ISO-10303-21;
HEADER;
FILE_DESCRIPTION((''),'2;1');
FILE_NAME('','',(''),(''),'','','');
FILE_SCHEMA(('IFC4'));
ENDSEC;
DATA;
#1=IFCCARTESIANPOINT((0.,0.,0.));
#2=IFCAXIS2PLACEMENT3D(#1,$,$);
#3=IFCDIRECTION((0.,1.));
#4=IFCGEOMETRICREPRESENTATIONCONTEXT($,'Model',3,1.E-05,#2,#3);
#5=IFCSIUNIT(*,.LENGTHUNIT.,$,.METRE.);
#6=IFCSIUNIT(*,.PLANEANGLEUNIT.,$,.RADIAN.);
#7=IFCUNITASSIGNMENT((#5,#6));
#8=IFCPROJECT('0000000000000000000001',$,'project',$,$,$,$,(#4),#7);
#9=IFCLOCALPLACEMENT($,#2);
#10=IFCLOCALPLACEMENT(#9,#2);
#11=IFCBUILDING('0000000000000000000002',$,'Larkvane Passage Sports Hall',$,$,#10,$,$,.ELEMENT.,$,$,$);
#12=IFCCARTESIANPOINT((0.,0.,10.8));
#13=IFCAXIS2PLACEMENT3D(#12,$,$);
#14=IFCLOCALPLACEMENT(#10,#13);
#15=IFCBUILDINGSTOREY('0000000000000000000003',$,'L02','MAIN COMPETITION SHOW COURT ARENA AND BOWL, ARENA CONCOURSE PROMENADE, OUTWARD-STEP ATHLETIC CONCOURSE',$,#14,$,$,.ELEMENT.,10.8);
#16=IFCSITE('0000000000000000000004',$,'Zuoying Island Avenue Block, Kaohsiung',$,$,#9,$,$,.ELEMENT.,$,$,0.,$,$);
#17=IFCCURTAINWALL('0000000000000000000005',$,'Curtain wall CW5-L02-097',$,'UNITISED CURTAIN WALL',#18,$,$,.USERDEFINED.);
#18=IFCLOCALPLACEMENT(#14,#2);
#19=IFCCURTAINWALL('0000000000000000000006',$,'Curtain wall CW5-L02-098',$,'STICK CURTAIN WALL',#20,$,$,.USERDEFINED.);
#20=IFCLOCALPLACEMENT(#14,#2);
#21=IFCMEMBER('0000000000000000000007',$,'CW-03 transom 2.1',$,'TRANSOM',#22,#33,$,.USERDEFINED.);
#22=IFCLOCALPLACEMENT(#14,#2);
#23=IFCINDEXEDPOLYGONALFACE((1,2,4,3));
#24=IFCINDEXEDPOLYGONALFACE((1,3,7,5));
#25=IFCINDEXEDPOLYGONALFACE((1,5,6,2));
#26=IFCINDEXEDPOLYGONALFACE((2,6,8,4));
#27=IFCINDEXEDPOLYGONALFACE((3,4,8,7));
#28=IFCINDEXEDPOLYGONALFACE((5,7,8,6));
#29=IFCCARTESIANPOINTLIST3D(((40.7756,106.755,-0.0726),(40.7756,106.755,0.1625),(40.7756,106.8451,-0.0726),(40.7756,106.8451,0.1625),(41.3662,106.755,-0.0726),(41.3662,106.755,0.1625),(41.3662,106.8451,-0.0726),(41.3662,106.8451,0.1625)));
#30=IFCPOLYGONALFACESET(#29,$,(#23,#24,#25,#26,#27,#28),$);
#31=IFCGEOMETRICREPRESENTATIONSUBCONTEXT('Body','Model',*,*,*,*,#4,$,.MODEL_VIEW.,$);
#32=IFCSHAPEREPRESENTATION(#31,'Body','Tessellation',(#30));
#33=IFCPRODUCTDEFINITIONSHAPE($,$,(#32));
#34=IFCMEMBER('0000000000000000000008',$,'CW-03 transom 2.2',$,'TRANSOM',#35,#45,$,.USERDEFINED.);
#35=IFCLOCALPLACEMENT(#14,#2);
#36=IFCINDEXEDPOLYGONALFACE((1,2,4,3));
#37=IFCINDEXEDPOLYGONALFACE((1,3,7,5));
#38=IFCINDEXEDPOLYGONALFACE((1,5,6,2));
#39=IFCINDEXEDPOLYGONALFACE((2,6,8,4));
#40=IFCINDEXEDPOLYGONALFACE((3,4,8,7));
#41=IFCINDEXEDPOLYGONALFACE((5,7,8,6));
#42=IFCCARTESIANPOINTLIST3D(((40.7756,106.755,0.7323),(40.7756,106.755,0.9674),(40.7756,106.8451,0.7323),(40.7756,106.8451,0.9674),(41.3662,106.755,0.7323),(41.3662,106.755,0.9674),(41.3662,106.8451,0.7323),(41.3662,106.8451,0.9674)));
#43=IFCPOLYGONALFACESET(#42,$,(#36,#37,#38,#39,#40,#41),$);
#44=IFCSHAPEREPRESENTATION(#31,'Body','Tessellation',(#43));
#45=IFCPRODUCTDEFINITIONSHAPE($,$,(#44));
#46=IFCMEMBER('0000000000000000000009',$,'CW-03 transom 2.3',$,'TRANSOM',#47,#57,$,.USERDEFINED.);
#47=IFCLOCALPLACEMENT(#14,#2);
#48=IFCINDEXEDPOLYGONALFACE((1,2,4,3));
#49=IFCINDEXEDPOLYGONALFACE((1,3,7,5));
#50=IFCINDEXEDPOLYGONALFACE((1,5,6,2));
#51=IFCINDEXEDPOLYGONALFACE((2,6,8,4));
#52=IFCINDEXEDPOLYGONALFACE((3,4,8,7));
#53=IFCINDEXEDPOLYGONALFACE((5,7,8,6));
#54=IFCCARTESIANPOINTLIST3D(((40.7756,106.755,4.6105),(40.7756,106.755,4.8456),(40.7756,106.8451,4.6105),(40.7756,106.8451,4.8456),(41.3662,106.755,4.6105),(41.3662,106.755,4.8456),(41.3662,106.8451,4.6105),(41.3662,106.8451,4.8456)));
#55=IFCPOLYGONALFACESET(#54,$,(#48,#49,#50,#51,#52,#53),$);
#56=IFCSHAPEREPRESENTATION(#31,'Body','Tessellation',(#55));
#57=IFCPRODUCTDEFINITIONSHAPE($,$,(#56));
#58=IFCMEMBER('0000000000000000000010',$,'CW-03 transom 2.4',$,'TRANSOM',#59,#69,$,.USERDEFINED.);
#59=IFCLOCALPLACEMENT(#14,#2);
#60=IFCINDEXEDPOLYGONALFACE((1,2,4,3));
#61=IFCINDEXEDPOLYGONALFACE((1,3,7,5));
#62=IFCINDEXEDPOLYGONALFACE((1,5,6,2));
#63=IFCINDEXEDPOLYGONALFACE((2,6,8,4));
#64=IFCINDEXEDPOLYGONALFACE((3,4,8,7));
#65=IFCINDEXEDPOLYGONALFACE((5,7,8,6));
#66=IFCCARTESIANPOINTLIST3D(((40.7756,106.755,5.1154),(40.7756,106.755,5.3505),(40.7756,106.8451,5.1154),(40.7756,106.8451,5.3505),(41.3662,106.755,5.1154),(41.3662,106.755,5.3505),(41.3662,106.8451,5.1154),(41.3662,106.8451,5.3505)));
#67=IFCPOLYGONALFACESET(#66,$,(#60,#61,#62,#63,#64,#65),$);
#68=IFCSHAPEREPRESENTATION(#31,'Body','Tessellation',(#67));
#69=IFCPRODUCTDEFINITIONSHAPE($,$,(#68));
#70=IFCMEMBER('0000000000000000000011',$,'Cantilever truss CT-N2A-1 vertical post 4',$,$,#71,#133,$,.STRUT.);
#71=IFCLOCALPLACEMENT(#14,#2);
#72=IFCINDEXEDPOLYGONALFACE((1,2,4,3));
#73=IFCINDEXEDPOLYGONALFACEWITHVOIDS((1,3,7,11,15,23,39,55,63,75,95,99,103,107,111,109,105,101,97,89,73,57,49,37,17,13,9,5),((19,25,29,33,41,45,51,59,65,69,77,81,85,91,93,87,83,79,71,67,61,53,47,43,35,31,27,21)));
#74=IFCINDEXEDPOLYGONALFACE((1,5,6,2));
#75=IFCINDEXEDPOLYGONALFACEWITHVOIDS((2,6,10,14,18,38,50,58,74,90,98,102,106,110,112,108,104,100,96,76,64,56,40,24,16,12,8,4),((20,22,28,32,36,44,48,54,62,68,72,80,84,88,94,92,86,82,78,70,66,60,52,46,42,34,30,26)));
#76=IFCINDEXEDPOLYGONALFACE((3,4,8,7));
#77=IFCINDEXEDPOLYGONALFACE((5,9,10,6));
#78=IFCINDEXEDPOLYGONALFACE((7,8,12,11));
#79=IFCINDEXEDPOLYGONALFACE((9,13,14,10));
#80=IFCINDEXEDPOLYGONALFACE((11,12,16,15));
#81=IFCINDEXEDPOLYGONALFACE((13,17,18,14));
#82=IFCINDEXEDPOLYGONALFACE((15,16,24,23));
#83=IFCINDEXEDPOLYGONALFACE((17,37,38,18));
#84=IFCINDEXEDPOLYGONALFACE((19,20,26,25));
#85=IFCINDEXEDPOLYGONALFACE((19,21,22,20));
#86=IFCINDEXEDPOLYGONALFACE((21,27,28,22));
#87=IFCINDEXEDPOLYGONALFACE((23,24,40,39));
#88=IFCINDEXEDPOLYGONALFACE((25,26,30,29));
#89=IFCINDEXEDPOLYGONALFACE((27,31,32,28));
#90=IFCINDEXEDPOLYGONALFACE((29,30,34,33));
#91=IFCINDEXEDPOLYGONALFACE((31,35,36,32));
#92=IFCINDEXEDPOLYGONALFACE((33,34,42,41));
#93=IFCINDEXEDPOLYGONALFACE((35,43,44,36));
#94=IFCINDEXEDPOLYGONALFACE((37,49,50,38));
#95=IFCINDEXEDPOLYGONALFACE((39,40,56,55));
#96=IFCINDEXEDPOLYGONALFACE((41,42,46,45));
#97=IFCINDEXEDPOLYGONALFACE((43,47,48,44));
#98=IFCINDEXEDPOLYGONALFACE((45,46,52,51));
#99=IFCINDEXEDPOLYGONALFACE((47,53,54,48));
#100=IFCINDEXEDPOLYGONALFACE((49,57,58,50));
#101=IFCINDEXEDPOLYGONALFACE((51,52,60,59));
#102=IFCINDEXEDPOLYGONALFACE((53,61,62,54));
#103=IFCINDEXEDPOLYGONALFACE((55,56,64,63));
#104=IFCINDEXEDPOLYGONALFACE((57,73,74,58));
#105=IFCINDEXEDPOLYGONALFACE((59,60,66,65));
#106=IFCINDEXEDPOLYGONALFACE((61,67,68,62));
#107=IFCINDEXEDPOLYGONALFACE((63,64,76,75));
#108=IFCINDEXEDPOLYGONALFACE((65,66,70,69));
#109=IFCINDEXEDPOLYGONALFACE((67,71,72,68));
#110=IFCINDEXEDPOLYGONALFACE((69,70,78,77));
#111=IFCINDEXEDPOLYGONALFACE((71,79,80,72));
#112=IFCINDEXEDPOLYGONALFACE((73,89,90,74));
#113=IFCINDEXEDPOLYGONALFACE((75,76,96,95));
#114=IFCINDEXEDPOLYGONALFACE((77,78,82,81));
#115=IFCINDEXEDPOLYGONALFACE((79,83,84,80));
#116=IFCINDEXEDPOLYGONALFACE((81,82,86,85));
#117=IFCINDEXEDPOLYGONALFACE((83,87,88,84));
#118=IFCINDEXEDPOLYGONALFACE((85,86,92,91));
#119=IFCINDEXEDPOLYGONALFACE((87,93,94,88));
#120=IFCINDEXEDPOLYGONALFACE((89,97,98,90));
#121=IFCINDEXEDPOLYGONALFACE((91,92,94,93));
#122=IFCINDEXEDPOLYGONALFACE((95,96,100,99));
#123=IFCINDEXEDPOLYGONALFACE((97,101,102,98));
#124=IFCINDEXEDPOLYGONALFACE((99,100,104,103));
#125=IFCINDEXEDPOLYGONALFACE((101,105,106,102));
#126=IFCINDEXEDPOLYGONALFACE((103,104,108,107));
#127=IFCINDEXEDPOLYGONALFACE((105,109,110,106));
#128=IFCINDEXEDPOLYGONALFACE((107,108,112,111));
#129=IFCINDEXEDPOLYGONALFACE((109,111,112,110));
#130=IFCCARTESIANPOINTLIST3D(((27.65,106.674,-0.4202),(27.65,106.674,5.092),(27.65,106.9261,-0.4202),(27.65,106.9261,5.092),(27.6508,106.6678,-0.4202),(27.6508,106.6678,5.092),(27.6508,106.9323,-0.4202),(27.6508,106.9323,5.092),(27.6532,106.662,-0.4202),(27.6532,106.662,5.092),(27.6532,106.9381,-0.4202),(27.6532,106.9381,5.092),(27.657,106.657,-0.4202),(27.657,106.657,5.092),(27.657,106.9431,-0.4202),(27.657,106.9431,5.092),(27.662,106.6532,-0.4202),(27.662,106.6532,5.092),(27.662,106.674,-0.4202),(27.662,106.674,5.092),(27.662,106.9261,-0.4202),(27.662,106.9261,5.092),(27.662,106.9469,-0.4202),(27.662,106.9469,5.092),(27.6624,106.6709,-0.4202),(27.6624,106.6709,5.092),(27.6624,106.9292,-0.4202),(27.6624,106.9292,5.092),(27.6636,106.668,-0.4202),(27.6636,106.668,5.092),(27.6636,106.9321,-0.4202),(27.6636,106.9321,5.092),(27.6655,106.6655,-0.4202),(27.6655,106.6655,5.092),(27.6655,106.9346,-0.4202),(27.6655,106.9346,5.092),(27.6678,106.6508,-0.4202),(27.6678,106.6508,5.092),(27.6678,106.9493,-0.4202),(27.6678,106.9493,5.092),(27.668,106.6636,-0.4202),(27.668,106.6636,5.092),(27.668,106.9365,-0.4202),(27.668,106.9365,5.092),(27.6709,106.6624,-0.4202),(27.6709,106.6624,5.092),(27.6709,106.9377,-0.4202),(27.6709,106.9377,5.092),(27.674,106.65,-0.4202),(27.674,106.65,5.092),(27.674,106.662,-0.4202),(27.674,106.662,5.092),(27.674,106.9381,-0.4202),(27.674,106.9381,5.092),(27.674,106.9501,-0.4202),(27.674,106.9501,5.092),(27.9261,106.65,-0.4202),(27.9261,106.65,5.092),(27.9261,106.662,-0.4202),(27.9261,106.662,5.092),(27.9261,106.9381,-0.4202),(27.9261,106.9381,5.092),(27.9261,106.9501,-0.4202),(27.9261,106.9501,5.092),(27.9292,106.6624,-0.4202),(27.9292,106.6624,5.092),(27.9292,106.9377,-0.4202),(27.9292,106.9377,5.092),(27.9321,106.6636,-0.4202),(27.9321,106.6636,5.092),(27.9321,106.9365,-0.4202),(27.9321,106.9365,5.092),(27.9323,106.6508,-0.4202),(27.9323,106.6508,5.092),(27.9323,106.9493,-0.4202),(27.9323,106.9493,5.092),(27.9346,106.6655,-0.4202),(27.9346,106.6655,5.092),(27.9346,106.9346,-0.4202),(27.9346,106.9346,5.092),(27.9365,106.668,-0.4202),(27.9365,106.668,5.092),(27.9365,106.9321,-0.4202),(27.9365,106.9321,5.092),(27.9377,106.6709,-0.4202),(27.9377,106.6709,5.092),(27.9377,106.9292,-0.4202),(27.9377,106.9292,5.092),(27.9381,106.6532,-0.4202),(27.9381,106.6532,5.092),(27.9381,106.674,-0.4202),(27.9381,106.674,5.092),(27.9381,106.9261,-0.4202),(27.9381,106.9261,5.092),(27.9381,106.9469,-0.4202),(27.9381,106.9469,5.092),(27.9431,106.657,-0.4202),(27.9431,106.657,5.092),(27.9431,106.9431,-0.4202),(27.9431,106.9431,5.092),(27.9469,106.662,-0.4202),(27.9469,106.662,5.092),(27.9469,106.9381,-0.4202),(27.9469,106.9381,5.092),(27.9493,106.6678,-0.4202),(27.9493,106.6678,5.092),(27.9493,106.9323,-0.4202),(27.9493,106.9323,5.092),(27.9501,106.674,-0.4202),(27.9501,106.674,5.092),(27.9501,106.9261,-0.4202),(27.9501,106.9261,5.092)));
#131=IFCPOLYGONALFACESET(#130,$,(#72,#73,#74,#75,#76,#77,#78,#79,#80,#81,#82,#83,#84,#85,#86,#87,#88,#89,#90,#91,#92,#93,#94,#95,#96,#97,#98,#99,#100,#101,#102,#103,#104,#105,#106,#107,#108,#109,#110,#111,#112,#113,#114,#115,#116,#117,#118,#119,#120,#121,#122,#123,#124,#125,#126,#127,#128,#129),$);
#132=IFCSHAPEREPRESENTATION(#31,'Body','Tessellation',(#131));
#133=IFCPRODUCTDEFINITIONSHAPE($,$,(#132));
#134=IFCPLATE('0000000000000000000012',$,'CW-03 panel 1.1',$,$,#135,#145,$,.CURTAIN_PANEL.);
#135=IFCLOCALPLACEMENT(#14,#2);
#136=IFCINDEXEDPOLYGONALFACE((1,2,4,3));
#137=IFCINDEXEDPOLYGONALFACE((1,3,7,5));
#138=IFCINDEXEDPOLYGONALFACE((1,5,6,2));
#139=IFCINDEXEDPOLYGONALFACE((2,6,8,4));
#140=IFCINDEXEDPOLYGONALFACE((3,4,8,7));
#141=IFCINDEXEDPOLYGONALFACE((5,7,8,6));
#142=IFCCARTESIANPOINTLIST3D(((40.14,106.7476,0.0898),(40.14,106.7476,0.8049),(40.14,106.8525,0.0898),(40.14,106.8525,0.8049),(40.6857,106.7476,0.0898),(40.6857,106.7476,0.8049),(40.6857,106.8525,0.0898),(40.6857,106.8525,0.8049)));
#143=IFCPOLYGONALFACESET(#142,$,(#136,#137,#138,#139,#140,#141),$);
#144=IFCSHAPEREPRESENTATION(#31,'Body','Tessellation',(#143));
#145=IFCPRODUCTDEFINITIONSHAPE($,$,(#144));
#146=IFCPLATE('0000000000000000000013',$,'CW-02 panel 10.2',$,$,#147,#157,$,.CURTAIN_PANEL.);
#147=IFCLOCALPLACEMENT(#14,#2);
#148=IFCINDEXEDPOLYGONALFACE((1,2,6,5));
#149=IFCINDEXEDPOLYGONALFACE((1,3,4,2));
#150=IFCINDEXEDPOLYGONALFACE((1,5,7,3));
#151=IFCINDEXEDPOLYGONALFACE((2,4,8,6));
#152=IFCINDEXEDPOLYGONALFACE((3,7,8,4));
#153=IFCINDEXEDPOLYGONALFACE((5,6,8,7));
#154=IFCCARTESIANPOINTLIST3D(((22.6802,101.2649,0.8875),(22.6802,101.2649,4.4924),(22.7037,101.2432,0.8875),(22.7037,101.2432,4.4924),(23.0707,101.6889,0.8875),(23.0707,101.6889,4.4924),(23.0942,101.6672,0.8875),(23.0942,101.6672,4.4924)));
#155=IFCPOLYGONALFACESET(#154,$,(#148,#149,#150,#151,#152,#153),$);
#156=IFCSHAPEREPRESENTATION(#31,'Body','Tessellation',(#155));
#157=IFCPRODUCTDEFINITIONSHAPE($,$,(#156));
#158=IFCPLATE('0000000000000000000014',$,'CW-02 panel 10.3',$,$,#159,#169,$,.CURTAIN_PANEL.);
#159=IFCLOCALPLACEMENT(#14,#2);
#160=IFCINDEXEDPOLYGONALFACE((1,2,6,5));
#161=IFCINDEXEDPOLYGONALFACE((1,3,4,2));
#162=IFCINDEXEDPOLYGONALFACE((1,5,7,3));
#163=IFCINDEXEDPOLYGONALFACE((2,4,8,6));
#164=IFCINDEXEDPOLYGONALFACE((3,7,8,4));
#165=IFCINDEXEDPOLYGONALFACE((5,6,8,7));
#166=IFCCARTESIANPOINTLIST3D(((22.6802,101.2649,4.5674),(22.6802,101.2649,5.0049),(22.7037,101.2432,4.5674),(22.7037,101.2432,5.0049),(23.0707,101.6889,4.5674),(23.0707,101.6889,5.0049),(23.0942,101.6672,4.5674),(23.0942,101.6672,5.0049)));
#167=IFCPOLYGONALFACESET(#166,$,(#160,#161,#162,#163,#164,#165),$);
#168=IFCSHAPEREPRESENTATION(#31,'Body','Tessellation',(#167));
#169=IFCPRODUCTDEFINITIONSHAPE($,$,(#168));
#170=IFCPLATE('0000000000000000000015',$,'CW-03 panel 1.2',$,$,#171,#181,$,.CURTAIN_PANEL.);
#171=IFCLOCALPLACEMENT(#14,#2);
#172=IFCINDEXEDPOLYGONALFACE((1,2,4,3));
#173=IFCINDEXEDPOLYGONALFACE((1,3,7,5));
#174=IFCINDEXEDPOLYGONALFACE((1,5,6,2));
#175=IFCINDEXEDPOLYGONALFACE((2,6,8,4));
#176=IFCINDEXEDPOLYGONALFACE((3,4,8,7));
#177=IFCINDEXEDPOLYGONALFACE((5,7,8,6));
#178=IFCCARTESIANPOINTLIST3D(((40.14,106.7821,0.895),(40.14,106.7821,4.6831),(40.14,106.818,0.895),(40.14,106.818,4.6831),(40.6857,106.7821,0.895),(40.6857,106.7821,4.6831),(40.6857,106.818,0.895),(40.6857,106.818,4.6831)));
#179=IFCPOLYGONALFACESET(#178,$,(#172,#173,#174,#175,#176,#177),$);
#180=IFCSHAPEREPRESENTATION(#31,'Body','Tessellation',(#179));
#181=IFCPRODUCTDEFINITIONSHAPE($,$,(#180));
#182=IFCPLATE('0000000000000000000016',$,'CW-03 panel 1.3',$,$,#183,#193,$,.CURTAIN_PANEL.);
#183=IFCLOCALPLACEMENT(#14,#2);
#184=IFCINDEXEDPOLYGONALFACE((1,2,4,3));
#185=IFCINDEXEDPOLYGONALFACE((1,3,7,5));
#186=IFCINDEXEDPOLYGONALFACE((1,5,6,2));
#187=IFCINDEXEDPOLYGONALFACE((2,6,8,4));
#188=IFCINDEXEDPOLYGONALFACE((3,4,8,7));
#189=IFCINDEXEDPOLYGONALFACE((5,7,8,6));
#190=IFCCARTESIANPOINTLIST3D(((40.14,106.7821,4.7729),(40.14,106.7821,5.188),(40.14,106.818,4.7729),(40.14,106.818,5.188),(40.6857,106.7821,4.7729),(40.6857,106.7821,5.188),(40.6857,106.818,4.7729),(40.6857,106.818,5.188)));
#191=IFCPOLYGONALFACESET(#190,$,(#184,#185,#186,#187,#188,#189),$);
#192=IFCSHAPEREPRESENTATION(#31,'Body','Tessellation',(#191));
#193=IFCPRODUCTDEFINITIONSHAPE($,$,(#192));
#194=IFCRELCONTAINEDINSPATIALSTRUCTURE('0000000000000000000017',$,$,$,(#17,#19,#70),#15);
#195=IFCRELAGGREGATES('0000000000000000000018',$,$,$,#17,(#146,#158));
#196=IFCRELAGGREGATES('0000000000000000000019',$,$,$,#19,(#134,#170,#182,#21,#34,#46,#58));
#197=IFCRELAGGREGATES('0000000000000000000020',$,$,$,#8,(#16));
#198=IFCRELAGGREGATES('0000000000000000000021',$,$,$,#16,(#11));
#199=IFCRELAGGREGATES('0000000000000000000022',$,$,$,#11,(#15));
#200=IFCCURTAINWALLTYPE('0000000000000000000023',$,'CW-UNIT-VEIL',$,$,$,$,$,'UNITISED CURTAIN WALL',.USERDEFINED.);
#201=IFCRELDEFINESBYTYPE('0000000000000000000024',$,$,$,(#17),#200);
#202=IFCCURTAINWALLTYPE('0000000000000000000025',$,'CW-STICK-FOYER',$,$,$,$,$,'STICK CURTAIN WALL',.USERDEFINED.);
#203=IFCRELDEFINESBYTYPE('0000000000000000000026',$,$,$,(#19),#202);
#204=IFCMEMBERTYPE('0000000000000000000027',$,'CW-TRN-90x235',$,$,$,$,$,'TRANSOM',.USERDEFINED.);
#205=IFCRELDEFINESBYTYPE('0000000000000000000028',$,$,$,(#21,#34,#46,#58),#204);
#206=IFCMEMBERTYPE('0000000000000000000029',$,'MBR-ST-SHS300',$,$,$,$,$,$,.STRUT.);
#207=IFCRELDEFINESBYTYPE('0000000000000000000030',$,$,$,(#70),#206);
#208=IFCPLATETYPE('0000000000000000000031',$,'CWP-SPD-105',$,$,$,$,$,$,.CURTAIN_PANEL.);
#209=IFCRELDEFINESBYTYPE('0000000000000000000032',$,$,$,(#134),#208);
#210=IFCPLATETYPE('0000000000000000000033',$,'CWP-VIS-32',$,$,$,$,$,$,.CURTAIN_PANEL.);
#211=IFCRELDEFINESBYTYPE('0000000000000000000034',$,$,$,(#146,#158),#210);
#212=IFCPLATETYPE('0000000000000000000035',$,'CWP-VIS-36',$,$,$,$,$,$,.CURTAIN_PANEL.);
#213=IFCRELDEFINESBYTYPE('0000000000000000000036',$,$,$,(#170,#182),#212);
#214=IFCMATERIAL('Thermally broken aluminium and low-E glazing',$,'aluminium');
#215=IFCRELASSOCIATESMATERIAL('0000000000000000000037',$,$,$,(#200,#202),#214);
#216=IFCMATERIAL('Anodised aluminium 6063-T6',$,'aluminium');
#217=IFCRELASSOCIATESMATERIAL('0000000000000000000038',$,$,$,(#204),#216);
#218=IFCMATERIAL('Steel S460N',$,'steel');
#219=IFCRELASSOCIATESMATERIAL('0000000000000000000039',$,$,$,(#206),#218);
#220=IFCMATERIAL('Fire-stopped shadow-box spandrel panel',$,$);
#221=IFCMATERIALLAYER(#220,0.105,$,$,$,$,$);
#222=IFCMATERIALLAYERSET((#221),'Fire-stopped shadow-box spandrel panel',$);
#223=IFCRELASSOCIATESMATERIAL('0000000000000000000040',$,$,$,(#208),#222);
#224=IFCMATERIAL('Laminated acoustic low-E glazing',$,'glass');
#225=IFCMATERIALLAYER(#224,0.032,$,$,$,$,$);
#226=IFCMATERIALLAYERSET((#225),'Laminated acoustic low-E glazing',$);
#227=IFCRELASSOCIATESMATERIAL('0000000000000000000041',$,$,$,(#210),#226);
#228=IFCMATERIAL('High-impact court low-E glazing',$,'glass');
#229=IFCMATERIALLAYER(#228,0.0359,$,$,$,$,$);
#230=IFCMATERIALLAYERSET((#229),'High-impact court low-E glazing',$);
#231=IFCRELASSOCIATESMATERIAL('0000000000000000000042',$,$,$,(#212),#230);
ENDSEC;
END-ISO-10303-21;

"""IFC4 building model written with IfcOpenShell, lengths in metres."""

from ifc_helpers import new_model, si_unit, direction, frame, origin, origin_2d, place, context, subcontext, project, spatial, rectangle, hollow_rectangle, extrude, material, layer, layer_set, material_profile, profile_set, type_object, element, aggregate, save


model = new_model("IFC4")

# Units and contexts
model_context = context("Model", 3, precision=1e-05, world=origin(), true_north=direction((0.0, 1.0)))
body_context = subcontext(model_context, "Body", "Model", "MODEL_VIEW")
ifc_project = project(units=[si_unit("LENGTHUNIT", "METRE"), si_unit("PLANEANGLEUNIT", "RADIAN")], contexts=[model_context])

# Site, building, storey
site_placement = place(None, origin())
site = spatial("IfcSite", under=ifc_project, at=site_placement, Name="Zuoying Island Avenue Block, Kaohsiung", CompositionType="ELEMENT", RefElevation=0.0)
building_placement = place(site_placement, origin())
building = spatial("IfcBuilding", under=site, at=building_placement, Name="Larkvane Passage Sports Hall", CompositionType="ELEMENT")
storey_placement = place(building_placement, frame((0.0, 0.0, 10.8)))
storey = spatial("IfcBuildingStorey", under=building, at=storey_placement, Name="L02", Description="MAIN COMPETITION SHOW COURT ARENA AND BOWL, ARENA CONCOURSE PROMENADE, OUTWARD-STEP ATHLETIC CONCOURSE", CompositionType="ELEMENT", Elevation=10.8)

# Curtain wall
ifc_material_1 = material(Name="Thermally broken aluminium and low-E glazing", Category="aluminium")
curtain_wall_type_1 = type_object("IfcCurtainWallType", Name="CW-UNIT-VEIL", ElementType="UNITISED CURTAIN WALL", PredefinedType="USERDEFINED", material=ifc_material_1)
curtain_wall_1_placement = place(storey_placement, origin())
curtain_wall_1 = element("IfcCurtainWall", 1, at=curtain_wall_1_placement, inside=storey, type_object=curtain_wall_type_1, Name="Curtain wall CW5-L02-097", ObjectType="UNITISED CURTAIN WALL", PredefinedType="USERDEFINED")
ifc_material_2 = material(Name="Anodised aluminium 6063-T6", Category="aluminium")

# Curtain wall, members
curtain_wall_type_2 = type_object("IfcCurtainWallType", Name="CW-STICK-FOYER", ElementType="STICK CURTAIN WALL", PredefinedType="USERDEFINED", material=ifc_material_1)
curtain_wall_2_placement = place(storey_placement, origin())
curtain_wall_2 = element("IfcCurtainWall", 2, at=curtain_wall_2_placement, inside=storey, type_object=curtain_wall_type_2, Name="Curtain wall CW5-L02-098", ObjectType="STICK CURTAIN WALL", PredefinedType="USERDEFINED")
ifc_material_profile_1 = material_profile(ifc_material_2, rectangle(XDim=0.0901, YDim=0.2351, at=origin_2d()), Name="ALU-TRN-90x235")
ifc_profile_set_1 = profile_set([ifc_material_profile_1], Name="Anodised aluminium 6063-T6")
member_type_1 = type_object("IfcMemberType", Name="CW-TRN-90x235", ElementType="TRANSOM", PredefinedType="USERDEFINED", material=ifc_profile_set_1)
member_1_placement = place(storey_placement, frame((40.7756, 106.8, 0.0449), z_axis=(1.0, 0.0, 0.0), x_axis=(0.0, 1.0, 0.0)))
member_1 = element("IfcMember", 3, at=member_1_placement, type_object=member_type_1, Name="CW-03 transom 2.1", ObjectType="TRANSOM", PredefinedType="USERDEFINED", context=body_context, shape_type="SweptSolid", body=[
    extrude(rectangle(XDim=0.0901, YDim=0.2351, at=origin_2d()), origin(), (0.0, 0.0, 1.0), 0.5906),
])
member_2_placement = place(storey_placement, frame((40.7756, 106.8, 0.8499), z_axis=(1.0, 0.0, 0.0), x_axis=(0.0, 1.0, 0.0)))
member_2 = element("IfcMember", 4, at=member_2_placement, type_object=member_type_1, Name="CW-03 transom 2.2", ObjectType="TRANSOM", PredefinedType="USERDEFINED", context=body_context, shape_type="SweptSolid", body=[
    extrude(rectangle(XDim=0.0901, YDim=0.2351, at=origin_2d()), origin(), (0.0, 0.0, 1.0), 0.5906),
])
member_3_placement = place(storey_placement, frame((40.7756, 106.8, 4.728), z_axis=(1.0, 0.0, 0.0), x_axis=(0.0, 1.0, 0.0)))
member_3 = element("IfcMember", 5, at=member_3_placement, type_object=member_type_1, Name="CW-03 transom 2.3", ObjectType="TRANSOM", PredefinedType="USERDEFINED", context=body_context, shape_type="SweptSolid", body=[
    extrude(rectangle(XDim=0.0901, YDim=0.2351, at=origin_2d()), origin(), (0.0, 0.0, 1.0), 0.5906),
])
member_4_placement = place(storey_placement, frame((40.7756, 106.8, 5.2329), z_axis=(1.0, 0.0, 0.0), x_axis=(0.0, 1.0, 0.0)))
member_4 = element("IfcMember", 6, at=member_4_placement, type_object=member_type_1, Name="CW-03 transom 2.4", ObjectType="TRANSOM", PredefinedType="USERDEFINED", context=body_context, shape_type="SweptSolid", body=[
    extrude(rectangle(XDim=0.0901, YDim=0.2351, at=origin_2d()), origin(), (0.0, 0.0, 1.0), 0.5906),
])

# Member
ifc_material_3 = material(Name="Steel S460N", Category="steel")
ifc_material_profile_2 = material_profile(ifc_material_3, hollow_rectangle(XDim=0.3, YDim=0.3, WallThickness=0.012, InnerFilletRadius=0.012, OuterFilletRadius=0.0239, at=origin_2d()), Name="SHS-300x300x12")
ifc_profile_set_2 = profile_set([ifc_material_profile_2], Name="Steel S460N")
member_type_2 = type_object("IfcMemberType", Name="MBR-ST-SHS300", PredefinedType="STRUT", material=ifc_profile_set_2)
member_5_placement = place(storey_placement, frame((27.8, 106.8, -0.4202), z_axis=(0.0, 0.0, 1.0), x_axis=(1.0, 0.0, 0.0)))
element("IfcMember", 7, at=member_5_placement, inside=storey, type_object=member_type_2, Name="Cantilever truss CT-N2A-1 vertical post 4", PredefinedType="STRUT", context=body_context, shape_type="SweptSolid", body=[
    extrude(hollow_rectangle(XDim=0.3, YDim=0.3, WallThickness=0.012, InnerFilletRadius=0.012, OuterFilletRadius=0.0239, at=origin_2d()), origin(), (0.0, 0.0, 1.0), 5.5122),
])

# Plates
ifc_material_4 = material(Name="Fire-stopped shadow-box spandrel panel")
ifc_layer_1 = layer(ifc_material_4, 0.105)
ifc_layer_set_1 = layer_set([ifc_layer_1], Name="Fire-stopped shadow-box spandrel panel")
plate_type_1 = type_object("IfcPlateType", Name="CWP-SPD-105", PredefinedType="CURTAIN_PANEL", material=ifc_layer_set_1)
plate_1_placement = place(storey_placement, frame((40.4128, 106.8, 0.0898), z_axis=(0.0, 0.0, 1.0), x_axis=(1.0, 0.0, 0.0)))
plate_1 = element("IfcPlate", 8, at=plate_1_placement, type_object=plate_type_1, Name="CW-03 panel 1.1", PredefinedType="CURTAIN_PANEL", context=body_context, shape_type="SweptSolid", body=[
    extrude(rectangle(XDim=0.5457, YDim=0.105, at=origin_2d()), origin(), (0.0, 0.0, 1.0), 0.7151),
])
ifc_material_5 = material(Name="Laminated acoustic low-E glazing", Category="glass")
ifc_layer_2 = layer(ifc_material_5, 0.032)
ifc_layer_set_2 = layer_set([ifc_layer_2], Name="Laminated acoustic low-E glazing")
plate_type_2 = type_object("IfcPlateType", Name="CWP-VIS-32", PredefinedType="CURTAIN_PANEL", material=ifc_layer_set_2)
plate_2_placement = place(storey_placement, frame((22.8872, 101.4661, 0.8875), z_axis=(0.0, 0.0, 1.0), x_axis=(0.677475, 0.735545, 0.0)))
plate_2 = element("IfcPlate", 9, at=plate_2_placement, type_object=plate_type_2, Name="CW-02 panel 10.2", PredefinedType="CURTAIN_PANEL", context=body_context, shape_type="SweptSolid", body=[
    extrude(rectangle(XDim=0.5764, YDim=0.032, at=origin_2d()), origin(), (0.0, 0.0, 1.0), 3.605),
])
plate_3_placement = place(storey_placement, frame((22.8872, 101.4661, 4.5674), z_axis=(0.0, 0.0, 1.0), x_axis=(0.677475, 0.735545, 0.0)))
plate_3 = element("IfcPlate", 10, at=plate_3_placement, type_object=plate_type_2, Name="CW-02 panel 10.3", PredefinedType="CURTAIN_PANEL", context=body_context, shape_type="SweptSolid", body=[
    extrude(rectangle(XDim=0.5764, YDim=0.032, at=origin_2d()), origin(), (0.0, 0.0, 1.0), 0.4375),
])
aggregate(curtain_wall_1, [plate_2, plate_3])
ifc_material_6 = material(Name="High-impact court low-E glazing", Category="glass")
ifc_layer_3 = layer(ifc_material_6, 0.0359)
ifc_layer_set_3 = layer_set([ifc_layer_3], Name="High-impact court low-E glazing")
plate_type_3 = type_object("IfcPlateType", Name="CWP-VIS-36", PredefinedType="CURTAIN_PANEL", material=ifc_layer_set_3)
plate_4_placement = place(storey_placement, frame((40.4128, 106.8, 0.895), z_axis=(0.0, 0.0, 1.0), x_axis=(1.0, 0.0, 0.0)))
plate_4 = element("IfcPlate", 11, at=plate_4_placement, type_object=plate_type_3, Name="CW-03 panel 1.2", PredefinedType="CURTAIN_PANEL", context=body_context, shape_type="SweptSolid", body=[
    extrude(rectangle(XDim=0.5457, YDim=0.0359, at=origin_2d()), origin(), (0.0, 0.0, 1.0), 3.7881),
])
plate_5_placement = place(storey_placement, frame((40.4128, 106.8, 4.7729), z_axis=(0.0, 0.0, 1.0), x_axis=(1.0, 0.0, 0.0)))
plate_5 = element("IfcPlate", 12, at=plate_5_placement, type_object=plate_type_3, Name="CW-03 panel 1.3", PredefinedType="CURTAIN_PANEL", context=body_context, shape_type="SweptSolid", body=[
    extrude(rectangle(XDim=0.5457, YDim=0.0359, at=origin_2d()), origin(), (0.0, 0.0, 1.0), 0.415),
])
aggregate(curtain_wall_2, [plate_1, plate_4, plate_5, member_1, member_2, member_3, member_4])

save(model, "model.ifc")
